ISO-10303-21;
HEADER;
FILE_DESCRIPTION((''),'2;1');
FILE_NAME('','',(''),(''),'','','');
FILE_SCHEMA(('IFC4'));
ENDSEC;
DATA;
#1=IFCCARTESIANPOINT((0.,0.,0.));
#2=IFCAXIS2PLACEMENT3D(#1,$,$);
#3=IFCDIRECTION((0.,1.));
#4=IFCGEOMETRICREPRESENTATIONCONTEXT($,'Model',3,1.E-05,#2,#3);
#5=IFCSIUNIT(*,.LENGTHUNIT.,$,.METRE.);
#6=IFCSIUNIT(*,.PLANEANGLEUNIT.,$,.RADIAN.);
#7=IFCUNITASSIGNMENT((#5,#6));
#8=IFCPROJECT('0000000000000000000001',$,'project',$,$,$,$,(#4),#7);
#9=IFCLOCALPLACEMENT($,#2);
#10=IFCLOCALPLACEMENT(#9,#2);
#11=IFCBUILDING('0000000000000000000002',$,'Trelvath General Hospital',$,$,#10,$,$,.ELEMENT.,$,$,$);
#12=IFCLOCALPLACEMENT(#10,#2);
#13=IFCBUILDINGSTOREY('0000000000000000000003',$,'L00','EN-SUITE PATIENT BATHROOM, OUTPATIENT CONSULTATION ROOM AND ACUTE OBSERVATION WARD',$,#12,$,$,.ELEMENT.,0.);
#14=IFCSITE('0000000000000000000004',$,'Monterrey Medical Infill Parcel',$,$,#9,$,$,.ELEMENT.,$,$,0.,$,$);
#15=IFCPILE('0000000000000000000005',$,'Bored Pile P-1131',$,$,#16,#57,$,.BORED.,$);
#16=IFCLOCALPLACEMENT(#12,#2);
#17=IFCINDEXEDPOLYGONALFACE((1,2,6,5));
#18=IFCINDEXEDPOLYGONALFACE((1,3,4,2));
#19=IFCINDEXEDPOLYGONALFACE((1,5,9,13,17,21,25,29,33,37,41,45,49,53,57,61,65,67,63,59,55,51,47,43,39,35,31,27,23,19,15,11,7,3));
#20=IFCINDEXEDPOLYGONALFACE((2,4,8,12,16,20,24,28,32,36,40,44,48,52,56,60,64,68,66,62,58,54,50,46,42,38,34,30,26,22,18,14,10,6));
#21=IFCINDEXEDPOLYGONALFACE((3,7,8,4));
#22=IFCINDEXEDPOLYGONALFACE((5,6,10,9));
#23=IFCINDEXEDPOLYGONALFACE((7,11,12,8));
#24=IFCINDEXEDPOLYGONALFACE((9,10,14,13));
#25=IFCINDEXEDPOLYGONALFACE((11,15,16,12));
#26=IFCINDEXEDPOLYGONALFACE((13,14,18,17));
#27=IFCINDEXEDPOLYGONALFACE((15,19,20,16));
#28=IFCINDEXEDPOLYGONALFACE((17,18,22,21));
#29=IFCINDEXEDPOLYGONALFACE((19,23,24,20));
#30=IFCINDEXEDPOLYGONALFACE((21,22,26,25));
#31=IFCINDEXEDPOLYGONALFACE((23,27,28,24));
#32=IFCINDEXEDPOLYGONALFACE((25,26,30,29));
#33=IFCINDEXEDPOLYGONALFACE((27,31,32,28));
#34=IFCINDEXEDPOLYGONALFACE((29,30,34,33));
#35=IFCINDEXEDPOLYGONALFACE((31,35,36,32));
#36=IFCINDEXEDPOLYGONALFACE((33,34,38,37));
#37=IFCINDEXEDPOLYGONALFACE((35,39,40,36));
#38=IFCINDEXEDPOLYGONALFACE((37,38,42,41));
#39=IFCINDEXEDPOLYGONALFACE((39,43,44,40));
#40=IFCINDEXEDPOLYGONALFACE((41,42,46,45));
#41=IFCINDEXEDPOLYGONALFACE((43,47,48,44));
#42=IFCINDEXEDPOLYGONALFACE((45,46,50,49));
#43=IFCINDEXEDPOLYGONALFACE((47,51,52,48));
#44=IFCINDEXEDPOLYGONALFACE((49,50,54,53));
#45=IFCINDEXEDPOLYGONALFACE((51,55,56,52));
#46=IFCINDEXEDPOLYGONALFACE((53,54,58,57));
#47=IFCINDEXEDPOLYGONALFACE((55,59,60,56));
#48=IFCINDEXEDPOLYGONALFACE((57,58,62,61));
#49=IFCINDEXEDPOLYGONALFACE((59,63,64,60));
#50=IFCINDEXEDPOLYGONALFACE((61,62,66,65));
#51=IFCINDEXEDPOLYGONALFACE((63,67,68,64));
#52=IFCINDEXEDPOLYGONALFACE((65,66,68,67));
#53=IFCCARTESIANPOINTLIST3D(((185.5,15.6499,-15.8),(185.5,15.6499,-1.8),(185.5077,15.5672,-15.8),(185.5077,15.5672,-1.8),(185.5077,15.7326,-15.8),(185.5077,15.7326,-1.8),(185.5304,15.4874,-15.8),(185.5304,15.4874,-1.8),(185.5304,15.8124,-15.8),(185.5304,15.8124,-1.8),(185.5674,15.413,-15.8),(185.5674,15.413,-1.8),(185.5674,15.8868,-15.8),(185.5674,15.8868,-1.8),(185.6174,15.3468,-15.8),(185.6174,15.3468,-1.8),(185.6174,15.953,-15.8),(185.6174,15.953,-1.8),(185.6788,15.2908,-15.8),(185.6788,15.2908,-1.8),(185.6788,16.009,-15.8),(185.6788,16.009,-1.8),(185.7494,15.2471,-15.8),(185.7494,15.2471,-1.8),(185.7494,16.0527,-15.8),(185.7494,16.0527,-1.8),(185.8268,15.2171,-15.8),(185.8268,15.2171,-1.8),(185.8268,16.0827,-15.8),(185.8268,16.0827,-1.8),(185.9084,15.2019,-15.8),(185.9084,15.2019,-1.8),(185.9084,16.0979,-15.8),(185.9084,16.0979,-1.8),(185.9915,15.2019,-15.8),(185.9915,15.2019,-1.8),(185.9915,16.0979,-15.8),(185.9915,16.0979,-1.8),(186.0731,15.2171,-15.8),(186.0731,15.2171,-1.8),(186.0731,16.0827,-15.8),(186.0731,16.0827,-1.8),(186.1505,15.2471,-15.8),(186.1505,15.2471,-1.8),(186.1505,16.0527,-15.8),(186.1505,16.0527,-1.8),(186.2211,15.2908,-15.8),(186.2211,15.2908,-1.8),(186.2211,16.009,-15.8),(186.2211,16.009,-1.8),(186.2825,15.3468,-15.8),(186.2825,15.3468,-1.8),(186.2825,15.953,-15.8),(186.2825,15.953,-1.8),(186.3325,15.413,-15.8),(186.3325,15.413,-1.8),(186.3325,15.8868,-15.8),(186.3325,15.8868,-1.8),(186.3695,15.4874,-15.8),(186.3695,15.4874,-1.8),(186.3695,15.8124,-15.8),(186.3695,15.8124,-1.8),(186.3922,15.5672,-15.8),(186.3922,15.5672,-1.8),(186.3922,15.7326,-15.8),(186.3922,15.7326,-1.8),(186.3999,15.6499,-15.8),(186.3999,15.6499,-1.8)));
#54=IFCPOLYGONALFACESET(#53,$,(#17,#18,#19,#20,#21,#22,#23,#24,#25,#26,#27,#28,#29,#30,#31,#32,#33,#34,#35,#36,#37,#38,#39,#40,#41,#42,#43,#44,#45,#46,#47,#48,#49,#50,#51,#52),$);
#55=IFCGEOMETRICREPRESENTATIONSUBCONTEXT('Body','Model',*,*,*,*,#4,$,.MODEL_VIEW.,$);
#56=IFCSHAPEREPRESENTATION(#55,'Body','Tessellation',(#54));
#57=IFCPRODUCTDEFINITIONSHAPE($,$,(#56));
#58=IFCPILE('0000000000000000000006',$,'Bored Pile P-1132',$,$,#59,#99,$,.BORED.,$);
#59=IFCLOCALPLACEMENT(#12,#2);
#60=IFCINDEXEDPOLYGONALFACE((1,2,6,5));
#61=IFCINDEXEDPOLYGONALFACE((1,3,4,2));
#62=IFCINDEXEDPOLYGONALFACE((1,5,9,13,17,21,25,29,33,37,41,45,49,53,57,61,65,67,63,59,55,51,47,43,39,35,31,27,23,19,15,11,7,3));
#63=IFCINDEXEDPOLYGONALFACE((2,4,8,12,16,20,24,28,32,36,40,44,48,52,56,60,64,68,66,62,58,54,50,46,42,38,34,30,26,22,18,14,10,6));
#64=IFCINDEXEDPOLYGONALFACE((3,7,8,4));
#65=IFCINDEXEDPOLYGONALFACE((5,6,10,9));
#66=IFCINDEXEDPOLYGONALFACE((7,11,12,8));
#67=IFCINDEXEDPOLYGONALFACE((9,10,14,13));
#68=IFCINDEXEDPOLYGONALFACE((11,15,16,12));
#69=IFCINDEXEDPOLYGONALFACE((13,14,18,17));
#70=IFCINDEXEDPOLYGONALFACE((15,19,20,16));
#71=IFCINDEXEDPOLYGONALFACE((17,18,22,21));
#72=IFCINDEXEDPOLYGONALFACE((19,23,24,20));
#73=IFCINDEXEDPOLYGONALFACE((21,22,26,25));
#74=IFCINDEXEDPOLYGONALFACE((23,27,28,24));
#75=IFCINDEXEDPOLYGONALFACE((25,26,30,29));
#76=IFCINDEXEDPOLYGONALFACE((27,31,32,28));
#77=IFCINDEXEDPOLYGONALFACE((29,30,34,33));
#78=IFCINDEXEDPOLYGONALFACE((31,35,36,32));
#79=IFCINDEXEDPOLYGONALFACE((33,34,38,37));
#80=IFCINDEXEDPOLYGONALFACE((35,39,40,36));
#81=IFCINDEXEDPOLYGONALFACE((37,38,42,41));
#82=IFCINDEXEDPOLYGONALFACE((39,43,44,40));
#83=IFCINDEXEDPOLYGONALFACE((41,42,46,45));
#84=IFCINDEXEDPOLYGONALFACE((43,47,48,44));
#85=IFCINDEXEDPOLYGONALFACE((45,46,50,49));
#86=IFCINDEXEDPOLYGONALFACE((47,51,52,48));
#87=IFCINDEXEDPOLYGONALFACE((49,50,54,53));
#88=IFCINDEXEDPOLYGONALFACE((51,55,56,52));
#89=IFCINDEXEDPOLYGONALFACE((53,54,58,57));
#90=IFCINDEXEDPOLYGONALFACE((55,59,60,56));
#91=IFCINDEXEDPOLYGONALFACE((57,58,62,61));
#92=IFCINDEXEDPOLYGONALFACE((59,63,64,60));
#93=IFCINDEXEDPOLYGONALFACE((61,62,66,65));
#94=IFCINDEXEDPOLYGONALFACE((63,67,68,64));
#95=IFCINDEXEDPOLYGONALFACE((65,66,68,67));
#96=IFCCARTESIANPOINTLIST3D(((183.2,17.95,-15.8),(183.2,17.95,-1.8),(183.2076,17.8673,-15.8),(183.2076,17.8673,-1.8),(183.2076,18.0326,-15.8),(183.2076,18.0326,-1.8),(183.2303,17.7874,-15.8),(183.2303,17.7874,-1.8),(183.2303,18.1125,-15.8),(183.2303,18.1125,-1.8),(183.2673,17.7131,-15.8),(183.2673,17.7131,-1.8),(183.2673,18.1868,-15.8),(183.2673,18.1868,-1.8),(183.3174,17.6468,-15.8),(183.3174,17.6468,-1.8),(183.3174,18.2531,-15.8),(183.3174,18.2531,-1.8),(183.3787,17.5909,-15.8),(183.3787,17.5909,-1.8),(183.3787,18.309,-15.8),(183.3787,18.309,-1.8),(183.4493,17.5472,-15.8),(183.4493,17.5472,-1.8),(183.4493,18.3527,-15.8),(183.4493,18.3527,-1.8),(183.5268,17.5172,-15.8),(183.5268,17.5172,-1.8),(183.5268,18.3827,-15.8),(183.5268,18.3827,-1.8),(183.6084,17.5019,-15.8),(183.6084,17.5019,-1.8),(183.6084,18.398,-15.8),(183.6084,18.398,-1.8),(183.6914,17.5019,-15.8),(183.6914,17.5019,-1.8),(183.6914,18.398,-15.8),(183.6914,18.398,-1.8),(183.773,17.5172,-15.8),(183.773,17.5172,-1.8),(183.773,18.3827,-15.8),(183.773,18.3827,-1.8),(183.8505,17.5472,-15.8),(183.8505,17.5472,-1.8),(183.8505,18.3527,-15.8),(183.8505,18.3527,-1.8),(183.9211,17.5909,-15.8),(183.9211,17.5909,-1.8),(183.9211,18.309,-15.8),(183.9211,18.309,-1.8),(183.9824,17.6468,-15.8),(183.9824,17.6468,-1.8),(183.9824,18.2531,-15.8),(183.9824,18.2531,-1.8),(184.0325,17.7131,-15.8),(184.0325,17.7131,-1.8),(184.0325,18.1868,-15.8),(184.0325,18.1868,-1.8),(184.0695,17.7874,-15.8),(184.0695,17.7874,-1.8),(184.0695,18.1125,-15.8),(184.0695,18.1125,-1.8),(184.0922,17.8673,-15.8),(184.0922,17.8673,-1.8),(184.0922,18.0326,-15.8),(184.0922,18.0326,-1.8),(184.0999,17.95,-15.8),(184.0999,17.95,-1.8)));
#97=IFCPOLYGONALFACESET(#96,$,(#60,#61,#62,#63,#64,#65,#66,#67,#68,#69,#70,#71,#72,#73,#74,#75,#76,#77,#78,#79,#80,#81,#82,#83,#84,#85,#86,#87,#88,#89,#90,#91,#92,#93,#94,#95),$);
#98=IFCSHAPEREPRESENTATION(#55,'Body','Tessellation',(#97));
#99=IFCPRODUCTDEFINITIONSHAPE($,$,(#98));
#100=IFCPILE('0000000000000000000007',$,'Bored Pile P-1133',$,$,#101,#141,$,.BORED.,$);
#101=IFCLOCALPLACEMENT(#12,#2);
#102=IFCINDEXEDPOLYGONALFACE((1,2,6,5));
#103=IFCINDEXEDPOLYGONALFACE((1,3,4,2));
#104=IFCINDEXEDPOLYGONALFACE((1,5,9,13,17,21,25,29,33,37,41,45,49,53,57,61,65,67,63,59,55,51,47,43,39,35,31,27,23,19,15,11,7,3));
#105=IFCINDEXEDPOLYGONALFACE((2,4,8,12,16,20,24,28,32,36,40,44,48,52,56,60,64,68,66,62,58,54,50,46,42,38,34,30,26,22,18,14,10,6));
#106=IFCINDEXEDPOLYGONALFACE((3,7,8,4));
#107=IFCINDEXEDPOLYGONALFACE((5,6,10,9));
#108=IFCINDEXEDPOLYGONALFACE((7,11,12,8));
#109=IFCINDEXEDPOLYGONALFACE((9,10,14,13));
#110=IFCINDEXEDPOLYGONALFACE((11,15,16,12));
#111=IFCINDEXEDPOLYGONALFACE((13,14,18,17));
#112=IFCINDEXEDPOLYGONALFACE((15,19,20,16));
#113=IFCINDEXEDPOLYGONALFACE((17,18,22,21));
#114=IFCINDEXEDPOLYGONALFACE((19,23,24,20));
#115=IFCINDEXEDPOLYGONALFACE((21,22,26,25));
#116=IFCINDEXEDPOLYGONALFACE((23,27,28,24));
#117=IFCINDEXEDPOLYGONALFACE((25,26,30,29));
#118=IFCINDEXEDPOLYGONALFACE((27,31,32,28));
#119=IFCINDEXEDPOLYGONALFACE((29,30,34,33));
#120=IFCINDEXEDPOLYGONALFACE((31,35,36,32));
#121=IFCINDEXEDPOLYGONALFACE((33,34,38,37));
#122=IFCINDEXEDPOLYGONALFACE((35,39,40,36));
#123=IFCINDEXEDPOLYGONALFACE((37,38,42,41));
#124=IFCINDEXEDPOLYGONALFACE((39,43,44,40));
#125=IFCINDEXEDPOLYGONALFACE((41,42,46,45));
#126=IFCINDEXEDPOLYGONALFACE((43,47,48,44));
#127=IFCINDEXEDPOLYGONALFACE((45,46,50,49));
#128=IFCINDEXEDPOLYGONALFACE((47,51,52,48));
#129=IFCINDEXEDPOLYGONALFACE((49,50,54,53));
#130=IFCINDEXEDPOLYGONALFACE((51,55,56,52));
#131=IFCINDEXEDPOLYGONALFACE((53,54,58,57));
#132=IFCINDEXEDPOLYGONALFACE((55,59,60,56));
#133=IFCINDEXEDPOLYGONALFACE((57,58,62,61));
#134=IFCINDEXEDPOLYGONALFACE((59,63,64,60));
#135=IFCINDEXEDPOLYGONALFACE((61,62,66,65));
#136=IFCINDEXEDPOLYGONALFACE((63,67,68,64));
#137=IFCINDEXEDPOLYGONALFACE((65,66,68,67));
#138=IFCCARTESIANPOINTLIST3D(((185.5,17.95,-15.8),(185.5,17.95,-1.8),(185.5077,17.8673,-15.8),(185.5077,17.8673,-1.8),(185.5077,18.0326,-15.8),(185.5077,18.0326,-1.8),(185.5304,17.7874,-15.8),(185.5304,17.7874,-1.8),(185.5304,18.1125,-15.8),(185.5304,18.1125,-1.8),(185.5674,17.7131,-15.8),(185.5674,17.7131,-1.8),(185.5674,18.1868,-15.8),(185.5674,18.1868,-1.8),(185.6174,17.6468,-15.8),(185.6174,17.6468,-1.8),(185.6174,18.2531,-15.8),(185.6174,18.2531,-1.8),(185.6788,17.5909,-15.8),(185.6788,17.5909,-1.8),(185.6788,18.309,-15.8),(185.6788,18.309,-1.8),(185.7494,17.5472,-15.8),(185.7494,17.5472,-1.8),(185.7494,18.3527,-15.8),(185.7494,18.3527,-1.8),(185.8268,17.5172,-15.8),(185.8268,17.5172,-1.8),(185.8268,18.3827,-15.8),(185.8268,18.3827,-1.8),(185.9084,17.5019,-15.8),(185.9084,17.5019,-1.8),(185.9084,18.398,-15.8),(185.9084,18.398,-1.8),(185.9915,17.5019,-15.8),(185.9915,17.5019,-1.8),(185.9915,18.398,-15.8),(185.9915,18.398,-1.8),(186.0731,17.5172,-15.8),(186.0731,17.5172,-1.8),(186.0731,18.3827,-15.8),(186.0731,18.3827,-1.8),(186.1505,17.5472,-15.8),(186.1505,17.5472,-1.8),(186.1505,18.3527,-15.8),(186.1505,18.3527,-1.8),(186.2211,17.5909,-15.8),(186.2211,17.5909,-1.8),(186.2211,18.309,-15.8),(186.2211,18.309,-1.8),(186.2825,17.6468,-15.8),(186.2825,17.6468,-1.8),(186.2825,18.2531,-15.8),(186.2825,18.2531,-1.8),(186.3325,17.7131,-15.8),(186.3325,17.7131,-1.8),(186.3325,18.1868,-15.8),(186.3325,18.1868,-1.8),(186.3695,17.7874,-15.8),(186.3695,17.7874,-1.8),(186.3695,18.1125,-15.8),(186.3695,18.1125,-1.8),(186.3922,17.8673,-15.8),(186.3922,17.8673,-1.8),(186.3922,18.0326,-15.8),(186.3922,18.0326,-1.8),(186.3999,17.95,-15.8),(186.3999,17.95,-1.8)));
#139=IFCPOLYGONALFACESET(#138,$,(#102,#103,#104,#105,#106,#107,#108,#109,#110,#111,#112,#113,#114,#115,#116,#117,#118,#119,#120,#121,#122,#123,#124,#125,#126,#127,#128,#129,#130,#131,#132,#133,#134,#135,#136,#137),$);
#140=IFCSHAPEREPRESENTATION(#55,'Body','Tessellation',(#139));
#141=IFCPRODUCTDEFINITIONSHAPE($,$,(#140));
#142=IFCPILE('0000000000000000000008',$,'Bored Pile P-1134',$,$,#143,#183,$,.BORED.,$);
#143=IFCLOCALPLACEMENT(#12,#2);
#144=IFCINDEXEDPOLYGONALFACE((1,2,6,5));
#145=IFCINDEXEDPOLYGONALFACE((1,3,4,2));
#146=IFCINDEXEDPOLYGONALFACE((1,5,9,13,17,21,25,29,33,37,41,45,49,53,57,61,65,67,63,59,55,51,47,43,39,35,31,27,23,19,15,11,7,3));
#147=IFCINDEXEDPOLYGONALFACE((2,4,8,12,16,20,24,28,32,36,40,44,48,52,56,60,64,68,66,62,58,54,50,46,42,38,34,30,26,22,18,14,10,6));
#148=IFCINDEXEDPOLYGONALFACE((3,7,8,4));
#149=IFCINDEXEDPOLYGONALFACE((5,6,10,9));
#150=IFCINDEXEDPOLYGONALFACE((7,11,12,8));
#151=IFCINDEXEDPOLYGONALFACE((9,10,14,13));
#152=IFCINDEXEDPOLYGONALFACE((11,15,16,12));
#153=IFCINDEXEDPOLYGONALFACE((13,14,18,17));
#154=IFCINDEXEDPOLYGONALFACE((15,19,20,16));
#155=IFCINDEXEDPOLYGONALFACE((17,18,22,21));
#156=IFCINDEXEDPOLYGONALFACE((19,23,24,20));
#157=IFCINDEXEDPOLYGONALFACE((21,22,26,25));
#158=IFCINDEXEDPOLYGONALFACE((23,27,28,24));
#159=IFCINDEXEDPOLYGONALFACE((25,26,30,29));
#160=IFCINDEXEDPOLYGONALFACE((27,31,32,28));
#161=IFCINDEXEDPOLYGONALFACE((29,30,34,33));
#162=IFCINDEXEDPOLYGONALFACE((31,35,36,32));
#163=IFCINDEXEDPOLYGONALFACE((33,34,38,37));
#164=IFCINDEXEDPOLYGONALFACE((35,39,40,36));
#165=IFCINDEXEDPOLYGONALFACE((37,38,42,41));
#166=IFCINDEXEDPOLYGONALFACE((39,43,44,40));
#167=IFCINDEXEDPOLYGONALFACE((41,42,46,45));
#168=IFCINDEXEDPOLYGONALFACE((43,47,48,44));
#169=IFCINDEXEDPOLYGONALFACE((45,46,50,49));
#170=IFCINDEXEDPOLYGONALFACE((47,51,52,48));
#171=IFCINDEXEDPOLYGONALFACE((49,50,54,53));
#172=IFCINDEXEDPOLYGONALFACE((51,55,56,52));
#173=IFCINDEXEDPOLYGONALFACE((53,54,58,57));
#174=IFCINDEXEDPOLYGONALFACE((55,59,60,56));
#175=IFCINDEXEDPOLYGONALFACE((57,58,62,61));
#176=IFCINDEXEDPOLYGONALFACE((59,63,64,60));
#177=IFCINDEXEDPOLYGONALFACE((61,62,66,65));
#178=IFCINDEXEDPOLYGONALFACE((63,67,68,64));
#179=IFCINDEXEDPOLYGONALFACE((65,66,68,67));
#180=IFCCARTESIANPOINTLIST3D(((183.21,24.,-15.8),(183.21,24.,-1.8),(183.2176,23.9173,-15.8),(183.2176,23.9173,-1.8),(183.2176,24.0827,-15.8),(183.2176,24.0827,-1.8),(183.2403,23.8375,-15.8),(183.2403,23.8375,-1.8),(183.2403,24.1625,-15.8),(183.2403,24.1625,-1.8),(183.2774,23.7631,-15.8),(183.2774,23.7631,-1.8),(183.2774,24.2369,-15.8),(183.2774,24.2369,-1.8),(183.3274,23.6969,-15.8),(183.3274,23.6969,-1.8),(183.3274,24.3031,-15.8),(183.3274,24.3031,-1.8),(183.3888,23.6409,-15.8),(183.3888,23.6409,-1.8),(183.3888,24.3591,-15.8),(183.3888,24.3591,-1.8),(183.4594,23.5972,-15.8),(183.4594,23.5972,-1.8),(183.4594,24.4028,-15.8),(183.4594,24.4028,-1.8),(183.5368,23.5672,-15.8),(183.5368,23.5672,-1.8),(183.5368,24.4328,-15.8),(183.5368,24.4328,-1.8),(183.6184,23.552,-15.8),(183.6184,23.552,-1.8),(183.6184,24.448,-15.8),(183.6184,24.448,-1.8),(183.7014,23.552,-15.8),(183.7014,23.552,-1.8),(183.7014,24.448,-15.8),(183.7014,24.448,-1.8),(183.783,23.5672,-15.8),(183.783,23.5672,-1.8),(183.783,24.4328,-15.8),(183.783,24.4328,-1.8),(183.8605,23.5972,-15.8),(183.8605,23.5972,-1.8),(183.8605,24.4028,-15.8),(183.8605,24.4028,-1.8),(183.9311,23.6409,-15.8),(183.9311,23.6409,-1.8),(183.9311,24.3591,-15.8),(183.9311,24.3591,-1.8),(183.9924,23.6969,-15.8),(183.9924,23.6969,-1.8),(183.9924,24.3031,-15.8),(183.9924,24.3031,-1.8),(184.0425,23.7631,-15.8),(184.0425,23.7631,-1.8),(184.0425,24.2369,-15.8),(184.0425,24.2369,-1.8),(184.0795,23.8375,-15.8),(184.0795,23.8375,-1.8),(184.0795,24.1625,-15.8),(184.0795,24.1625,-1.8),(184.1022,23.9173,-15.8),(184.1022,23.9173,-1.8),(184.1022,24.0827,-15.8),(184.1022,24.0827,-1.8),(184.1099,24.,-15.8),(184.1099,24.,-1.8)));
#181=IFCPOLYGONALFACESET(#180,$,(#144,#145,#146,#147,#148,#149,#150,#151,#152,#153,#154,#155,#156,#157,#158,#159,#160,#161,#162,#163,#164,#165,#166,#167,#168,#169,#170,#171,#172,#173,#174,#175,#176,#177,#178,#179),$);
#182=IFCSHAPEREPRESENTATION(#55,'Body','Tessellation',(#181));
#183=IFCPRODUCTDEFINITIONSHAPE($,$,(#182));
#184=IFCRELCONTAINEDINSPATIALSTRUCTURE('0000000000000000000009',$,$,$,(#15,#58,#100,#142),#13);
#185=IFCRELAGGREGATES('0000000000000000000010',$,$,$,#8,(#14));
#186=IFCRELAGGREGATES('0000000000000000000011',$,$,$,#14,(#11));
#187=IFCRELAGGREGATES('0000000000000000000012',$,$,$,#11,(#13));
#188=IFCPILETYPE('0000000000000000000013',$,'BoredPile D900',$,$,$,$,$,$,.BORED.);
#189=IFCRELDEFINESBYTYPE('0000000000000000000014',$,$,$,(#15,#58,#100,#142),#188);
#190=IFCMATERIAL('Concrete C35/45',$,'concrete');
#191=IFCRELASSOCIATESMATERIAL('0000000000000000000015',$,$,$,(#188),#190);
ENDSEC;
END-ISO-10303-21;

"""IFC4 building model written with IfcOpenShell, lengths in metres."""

from ifc_helpers import new_model, si_unit, direction, frame, origin, origin_2d, place, context, subcontext, project, spatial, circle, extrude, material, material_profile, profile_set, type_object, element, save


model = new_model("IFC4")

# Units and contexts
model_context = context("Model", 3, precision=1e-05, world=origin(), true_north=direction((0.0, 1.0)))
body_context = subcontext(model_context, "Body", "Model", "MODEL_VIEW")
ifc_project = project(units=[si_unit("LENGTHUNIT", "METRE"), si_unit("PLANEANGLEUNIT", "RADIAN")], contexts=[model_context])

# Site, building, storey
site_placement = place(None, origin())
site = spatial("IfcSite", under=ifc_project, at=site_placement, Name="Monterrey Medical Infill Parcel", CompositionType="ELEMENT", RefElevation=0.0)
building_placement = place(site_placement, origin())
building = spatial("IfcBuilding", under=site, at=building_placement, Name="Trelvath General Hospital", CompositionType="ELEMENT")
storey_placement = place(building_placement, origin())
storey = spatial("IfcBuildingStorey", under=building, at=storey_placement, Name="L00", Description="EN-SUITE PATIENT BATHROOM, OUTPATIENT CONSULTATION ROOM AND ACUTE OBSERVATION WARD", CompositionType="ELEMENT", Elevation=0.0)

# Piles
ifc_material_1 = material(Name="Concrete C35/45", Category="concrete")
ifc_material_profile_1 = material_profile(ifc_material_1, circle(Radius=0.45, at=origin_2d()), Name="PILE900")
ifc_profile_set_1 = profile_set([ifc_material_profile_1], Name="Concrete C35/45")
pile_type_1 = type_object("IfcPileType", Name="BoredPile D900", PredefinedType="BORED", material=ifc_profile_set_1)
for number, where, z_axis, x_axis, name in (
    (1, (185.95, 15.6499, -1.8), (0.0, 0.0, -1.0), (1.0, 0.0, 0.0), "Bored Pile P-1131"),
    (2, (183.6499, 17.95, -1.8), (0.0, 0.0, -1.0), (1.0, 0.0, 0.0), "Bored Pile P-1132"),
    (3, (185.95, 17.95, -1.8), (0.0, 0.0, -1.0), (1.0, 0.0, 0.0), "Bored Pile P-1133"),
    (4, (183.6599, 24.0, -1.8), (0.0, 0.0, -1.0), (1.0, 0.0, 0.0), "Bored Pile P-1134"),
):
    element("IfcPile", number, at=place(storey_placement, frame(where, z_axis=z_axis, x_axis=x_axis)), inside=storey, type_object=pile_type_1, Name=name, PredefinedType="BORED", context=body_context, shape_type="SweptSolid", body=[
        extrude(circle(Radius=0.45, at=origin_2d()), origin(), (0.0, 0.0, 1.0), 14.0),
    ])

save(model, "model.ifc")
